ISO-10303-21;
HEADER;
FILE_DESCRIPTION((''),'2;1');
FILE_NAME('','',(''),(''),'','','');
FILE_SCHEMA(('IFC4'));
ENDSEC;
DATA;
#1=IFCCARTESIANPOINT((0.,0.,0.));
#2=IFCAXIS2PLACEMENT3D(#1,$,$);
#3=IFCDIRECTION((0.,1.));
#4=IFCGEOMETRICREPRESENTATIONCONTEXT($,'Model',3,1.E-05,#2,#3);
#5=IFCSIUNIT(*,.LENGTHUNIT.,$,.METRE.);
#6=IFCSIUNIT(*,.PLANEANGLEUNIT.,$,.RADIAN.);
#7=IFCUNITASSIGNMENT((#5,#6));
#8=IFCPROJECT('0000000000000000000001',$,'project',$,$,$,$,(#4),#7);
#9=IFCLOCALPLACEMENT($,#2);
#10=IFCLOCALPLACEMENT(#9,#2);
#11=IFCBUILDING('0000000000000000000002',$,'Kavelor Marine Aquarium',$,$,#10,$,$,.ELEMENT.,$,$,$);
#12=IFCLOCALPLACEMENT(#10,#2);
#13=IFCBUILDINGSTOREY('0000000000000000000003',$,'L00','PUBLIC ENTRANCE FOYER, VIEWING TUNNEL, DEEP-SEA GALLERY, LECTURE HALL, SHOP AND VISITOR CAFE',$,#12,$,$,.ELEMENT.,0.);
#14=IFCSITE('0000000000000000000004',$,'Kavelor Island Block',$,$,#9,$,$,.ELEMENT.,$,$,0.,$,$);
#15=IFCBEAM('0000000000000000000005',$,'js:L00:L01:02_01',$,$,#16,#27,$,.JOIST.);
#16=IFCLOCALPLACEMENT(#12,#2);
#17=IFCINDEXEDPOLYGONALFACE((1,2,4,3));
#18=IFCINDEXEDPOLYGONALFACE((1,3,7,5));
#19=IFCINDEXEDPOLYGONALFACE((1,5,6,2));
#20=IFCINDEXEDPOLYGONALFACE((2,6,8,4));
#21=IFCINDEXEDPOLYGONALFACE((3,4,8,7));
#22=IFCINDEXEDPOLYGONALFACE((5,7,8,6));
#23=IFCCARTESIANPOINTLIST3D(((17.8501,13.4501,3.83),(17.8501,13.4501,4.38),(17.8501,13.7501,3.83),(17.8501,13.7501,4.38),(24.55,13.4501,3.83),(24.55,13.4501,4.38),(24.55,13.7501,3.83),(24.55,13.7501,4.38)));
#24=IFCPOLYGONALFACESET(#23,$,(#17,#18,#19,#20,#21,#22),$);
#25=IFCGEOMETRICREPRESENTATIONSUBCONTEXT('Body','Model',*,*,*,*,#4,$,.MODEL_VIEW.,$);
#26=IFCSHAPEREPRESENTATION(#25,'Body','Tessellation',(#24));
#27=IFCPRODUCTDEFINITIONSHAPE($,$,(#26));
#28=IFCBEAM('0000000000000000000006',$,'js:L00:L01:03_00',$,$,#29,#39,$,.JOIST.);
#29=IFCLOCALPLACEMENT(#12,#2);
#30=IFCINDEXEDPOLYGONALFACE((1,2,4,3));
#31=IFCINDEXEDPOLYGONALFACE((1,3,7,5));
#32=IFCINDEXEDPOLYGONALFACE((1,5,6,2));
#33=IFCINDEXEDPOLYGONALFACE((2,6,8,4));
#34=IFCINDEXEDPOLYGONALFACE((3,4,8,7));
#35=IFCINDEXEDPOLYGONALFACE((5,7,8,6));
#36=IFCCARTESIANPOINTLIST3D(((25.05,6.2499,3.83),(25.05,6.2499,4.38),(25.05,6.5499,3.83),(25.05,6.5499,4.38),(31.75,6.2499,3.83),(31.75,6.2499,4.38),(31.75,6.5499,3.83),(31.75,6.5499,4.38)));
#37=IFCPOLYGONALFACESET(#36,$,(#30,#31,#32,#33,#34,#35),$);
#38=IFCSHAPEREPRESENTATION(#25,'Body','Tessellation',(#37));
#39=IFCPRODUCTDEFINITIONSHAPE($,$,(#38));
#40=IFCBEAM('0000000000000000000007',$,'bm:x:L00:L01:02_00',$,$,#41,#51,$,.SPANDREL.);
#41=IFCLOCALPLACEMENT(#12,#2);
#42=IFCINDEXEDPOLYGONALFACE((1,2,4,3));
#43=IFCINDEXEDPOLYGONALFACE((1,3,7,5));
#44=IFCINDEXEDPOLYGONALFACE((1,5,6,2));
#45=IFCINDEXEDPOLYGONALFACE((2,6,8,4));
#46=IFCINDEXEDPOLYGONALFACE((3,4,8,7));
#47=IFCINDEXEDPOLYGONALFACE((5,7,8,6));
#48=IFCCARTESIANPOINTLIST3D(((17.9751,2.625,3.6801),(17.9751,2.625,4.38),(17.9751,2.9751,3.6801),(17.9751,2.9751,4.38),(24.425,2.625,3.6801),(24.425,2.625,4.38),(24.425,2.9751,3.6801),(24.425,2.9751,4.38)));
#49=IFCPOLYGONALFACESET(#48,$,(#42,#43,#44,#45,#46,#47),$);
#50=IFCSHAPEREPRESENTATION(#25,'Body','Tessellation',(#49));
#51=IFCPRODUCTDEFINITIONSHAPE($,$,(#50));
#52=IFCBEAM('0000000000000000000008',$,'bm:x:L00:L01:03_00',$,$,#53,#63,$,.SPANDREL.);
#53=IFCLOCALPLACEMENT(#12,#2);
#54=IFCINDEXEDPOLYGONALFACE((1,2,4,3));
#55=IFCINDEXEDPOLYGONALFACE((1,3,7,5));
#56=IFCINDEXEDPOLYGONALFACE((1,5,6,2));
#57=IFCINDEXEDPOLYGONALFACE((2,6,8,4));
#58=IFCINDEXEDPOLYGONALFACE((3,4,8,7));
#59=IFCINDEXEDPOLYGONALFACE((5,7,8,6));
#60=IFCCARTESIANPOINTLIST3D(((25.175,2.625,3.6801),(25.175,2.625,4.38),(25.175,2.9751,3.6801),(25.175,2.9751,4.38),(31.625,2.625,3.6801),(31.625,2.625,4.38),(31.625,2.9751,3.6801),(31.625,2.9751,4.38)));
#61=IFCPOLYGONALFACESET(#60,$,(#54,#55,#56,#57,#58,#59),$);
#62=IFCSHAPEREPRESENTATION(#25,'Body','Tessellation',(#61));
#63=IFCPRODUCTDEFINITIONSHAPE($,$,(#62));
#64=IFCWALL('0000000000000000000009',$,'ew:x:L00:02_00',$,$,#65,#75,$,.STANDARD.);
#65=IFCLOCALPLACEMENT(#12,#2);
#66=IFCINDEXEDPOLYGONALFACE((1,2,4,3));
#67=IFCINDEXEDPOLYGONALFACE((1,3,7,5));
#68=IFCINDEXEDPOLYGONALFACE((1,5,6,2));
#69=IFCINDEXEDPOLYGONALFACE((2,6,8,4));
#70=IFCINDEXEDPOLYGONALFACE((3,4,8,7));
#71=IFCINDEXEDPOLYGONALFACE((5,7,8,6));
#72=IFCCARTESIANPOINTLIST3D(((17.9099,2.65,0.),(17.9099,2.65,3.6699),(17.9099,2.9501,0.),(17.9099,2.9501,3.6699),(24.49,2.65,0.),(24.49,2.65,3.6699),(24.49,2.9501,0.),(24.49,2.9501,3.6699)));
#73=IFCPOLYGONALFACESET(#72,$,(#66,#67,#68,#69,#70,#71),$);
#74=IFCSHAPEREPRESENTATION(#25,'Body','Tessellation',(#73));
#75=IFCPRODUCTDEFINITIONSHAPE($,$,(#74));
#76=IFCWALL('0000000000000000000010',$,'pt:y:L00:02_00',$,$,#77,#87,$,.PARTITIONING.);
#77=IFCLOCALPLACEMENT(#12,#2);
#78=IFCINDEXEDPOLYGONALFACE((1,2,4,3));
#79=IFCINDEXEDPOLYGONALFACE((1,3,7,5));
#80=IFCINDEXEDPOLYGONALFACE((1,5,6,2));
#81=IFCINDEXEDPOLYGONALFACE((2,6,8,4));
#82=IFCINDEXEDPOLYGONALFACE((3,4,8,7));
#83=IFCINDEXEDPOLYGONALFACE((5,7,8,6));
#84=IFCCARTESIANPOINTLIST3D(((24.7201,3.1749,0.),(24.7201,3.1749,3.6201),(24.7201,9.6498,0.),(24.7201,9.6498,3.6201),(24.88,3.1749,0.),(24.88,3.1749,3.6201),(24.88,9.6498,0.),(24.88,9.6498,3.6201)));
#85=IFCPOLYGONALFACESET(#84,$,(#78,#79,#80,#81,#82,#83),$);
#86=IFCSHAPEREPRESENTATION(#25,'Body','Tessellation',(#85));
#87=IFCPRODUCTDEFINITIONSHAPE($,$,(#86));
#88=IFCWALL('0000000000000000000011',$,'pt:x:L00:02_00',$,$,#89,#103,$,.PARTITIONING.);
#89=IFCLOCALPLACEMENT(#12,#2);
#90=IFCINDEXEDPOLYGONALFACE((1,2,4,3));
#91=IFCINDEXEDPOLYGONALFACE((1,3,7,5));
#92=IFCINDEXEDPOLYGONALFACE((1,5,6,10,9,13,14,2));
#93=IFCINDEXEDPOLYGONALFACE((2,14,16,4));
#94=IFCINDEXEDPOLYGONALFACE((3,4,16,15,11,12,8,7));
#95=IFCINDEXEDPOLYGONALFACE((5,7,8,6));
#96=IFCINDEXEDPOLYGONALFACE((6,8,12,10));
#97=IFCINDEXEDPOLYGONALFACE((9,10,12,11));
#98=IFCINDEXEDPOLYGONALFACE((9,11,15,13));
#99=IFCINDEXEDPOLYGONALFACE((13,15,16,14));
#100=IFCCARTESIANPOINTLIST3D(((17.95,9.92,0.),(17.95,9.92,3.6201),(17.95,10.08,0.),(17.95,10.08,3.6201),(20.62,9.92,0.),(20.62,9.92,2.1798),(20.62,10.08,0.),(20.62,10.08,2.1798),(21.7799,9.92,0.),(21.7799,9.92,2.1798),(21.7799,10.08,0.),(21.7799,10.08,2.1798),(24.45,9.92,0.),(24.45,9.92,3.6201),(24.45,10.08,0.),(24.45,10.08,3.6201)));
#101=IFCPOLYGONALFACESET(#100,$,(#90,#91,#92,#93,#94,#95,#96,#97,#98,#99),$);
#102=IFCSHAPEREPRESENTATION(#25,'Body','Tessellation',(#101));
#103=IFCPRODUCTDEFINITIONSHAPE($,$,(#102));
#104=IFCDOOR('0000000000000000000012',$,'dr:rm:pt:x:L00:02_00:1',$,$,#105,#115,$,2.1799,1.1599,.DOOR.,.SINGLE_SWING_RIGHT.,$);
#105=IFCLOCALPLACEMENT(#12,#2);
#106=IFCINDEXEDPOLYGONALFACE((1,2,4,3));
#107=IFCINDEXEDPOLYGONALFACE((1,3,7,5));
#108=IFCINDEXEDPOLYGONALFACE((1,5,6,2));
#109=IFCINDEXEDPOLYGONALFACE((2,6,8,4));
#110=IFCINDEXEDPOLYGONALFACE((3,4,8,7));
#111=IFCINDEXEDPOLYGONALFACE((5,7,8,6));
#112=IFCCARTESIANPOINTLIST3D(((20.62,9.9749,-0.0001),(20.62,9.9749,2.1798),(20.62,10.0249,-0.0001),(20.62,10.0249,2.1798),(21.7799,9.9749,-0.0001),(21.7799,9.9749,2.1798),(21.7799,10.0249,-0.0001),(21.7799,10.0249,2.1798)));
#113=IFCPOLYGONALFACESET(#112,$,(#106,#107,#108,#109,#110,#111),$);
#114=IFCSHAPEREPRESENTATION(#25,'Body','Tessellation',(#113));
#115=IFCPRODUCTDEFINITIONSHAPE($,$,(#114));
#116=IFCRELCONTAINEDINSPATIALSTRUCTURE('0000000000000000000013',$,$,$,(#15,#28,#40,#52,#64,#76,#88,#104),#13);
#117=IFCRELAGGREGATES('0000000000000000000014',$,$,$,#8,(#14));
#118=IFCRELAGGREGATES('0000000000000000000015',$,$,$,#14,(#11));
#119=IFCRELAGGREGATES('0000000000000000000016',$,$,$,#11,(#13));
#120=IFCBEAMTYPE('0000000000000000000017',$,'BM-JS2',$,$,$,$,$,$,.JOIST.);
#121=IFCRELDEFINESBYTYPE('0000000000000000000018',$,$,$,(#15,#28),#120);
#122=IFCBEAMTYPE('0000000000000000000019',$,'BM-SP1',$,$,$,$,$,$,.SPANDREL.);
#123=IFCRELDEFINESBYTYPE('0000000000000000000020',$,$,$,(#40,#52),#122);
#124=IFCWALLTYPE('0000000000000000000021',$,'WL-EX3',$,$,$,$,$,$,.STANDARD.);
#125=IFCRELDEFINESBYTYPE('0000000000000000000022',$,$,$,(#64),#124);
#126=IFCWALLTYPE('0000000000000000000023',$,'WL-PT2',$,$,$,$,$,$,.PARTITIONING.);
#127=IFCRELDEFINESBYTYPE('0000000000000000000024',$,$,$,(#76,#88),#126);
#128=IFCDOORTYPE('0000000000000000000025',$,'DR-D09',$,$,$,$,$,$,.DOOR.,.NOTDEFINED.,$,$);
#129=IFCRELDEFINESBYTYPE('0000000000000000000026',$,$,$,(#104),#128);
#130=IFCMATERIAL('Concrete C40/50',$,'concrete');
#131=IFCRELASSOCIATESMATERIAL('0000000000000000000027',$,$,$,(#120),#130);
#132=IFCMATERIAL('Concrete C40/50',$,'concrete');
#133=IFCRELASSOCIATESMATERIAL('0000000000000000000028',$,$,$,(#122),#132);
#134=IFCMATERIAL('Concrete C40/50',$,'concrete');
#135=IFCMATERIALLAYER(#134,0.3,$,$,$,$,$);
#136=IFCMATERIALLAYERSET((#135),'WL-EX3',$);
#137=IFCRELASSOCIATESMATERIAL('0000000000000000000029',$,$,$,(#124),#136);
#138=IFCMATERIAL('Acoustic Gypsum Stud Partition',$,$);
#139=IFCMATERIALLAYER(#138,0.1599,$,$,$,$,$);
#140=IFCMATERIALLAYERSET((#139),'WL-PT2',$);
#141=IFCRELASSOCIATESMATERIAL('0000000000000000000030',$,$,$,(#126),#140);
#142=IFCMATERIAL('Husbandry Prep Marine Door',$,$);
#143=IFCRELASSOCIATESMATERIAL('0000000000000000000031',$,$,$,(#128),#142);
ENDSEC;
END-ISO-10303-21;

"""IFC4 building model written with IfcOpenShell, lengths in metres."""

from ifc_helpers import new_model, si_unit, direction, frame, frame_2d, origin, origin_2d, place, context, subcontext, project, spatial, rectangle, extrude, material, layer, layer_set, material_profile, profile_set, type_object, element, fill, save


model = new_model("IFC4")

# Units and contexts
model_context = context("Model", 3, precision=1e-05, world=origin(), true_north=direction((0.0, 1.0)))
body_context = subcontext(model_context, "Body", "Model", "MODEL_VIEW")
ifc_project = project(units=[si_unit("LENGTHUNIT", "METRE"), si_unit("PLANEANGLEUNIT", "RADIAN")], contexts=[model_context])

# Site, building, storey
site_placement = place(None, origin())
site = spatial("IfcSite", under=ifc_project, at=site_placement, Name="Kavelor Island Block", CompositionType="ELEMENT", RefElevation=0.0)
building_placement = place(site_placement, origin())
building = spatial("IfcBuilding", under=site, at=building_placement, Name="Kavelor Marine Aquarium", CompositionType="ELEMENT")
storey_placement = place(building_placement, origin())
storey = spatial("IfcBuildingStorey", under=building, at=storey_placement, Name="L00", Description="PUBLIC ENTRANCE FOYER, VIEWING TUNNEL, DEEP-SEA GALLERY, LECTURE HALL, SHOP AND VISITOR CAFE", CompositionType="ELEMENT", Elevation=0.0)

# Beams
ifc_material_1 = material(Name="Concrete C40/50", Category="concrete")
ifc_material_profile_1 = material_profile(ifc_material_1, rectangle(XDim=0.3, YDim=0.55, at=origin_2d()), Name="RC-JS 300x550")
ifc_profile_set_1 = profile_set([ifc_material_profile_1], Name="Concrete C40/50")
beam_type_1 = type_object("IfcBeamType", Name="BM-JS2", PredefinedType="JOIST", material=ifc_profile_set_1)
for number, where, z_axis, x_axis, name in (
    (1, (17.8501, 13.6001, 4.105), (1.0, 0.0, 0.0), (0.0, 1.0, 0.0), "js:L00:L01:02_01"),
    (2, (25.05, 6.3999, 4.105), (1.0, 0.0, 0.0), (0.0, 1.0, 0.0), "js:L00:L01:03_00"),
):
    element("IfcBeam", number, at=place(storey_placement, frame(where, z_axis=z_axis, x_axis=x_axis)), inside=storey, type_object=beam_type_1, Name=name, PredefinedType="JOIST", context=body_context, shape_type="SweptSolid", body=[
        extrude(rectangle(XDim=0.3, YDim=0.55, at=origin_2d()), origin(), (0.0, 0.0, 1.0), 6.7),
    ])
ifc_material_2 = material(Name="Concrete C40/50", Category="concrete")
ifc_material_profile_2 = material_profile(ifc_material_2, rectangle(XDim=0.3501, YDim=0.7, at=origin_2d()), Name="RC-SP 350x700")
ifc_profile_set_2 = profile_set([ifc_material_profile_2], Name="Concrete C40/50")
beam_type_2 = type_object("IfcBeamType", Name="BM-SP1", PredefinedType="SPANDREL", material=ifc_profile_set_2)
for number, where, z_axis, x_axis, name in (
    (3, (17.9751, 2.8, 4.03), (1.0, 0.0, 0.0), (0.0, 1.0, 0.0), "bm:x:L00:L01:02_00"),
    (4, (25.175, 2.8, 4.03), (1.0, 0.0, 0.0), (0.0, 1.0, 0.0), "bm:x:L00:L01:03_00"),
):
    element("IfcBeam", number, at=place(storey_placement, frame(where, z_axis=z_axis, x_axis=x_axis)), inside=storey, type_object=beam_type_2, Name=name, PredefinedType="SPANDREL", context=body_context, shape_type="SweptSolid", body=[
        extrude(rectangle(XDim=0.3501, YDim=0.7, at=origin_2d()), origin(), (0.0, 0.0, 1.0), 6.45),
    ])

# Walls
ifc_material_3 = material(Name="Concrete C40/50", Category="concrete")
ifc_layer_1 = layer(ifc_material_3, 0.3)
ifc_layer_set_1 = layer_set([ifc_layer_1], Name="WL-EX3")
wall_type_1 = type_object("IfcWallType", Name="WL-EX3", PredefinedType="STANDARD", material=ifc_layer_set_1)
wall_1_placement = place(storey_placement, frame((24.49, 2.8, 0.0), z_axis=(0.0, 0.0, 1.0), x_axis=(-1.0, 0.0, 0.0)))
element("IfcWall", 5, at=wall_1_placement, inside=storey, type_object=wall_type_1, Name="ew:x:L00:02_00", PredefinedType="STANDARD", context=body_context, shape_type="SweptSolid", body=[
    extrude(rectangle(XDim=6.5801, YDim=0.3, at=frame_2d((3.29, 0.0))), origin(), (0.0, 0.0, 1.0), 3.6699),
])
ifc_material_4 = material(Name="Acoustic Gypsum Stud Partition")
ifc_layer_2 = layer(ifc_material_4, 0.1599)
ifc_layer_set_2 = layer_set([ifc_layer_2], Name="WL-PT2")
wall_type_2 = type_object("IfcWallType", Name="WL-PT2", PredefinedType="PARTITIONING", material=ifc_layer_set_2)
wall_2_placement = place(storey_placement, frame((24.8, 3.175, 0.0), z_axis=(0.0, 0.0, 1.0), x_axis=(0.0, 1.0, 0.0)))
element("IfcWall", 6, at=wall_2_placement, inside=storey, type_object=wall_type_2, Name="pt:y:L00:02_00", PredefinedType="PARTITIONING", context=body_context, shape_type="SweptSolid", body=[
    extrude(rectangle(XDim=6.4749, YDim=0.1599, at=frame_2d((3.2373, 0.0))), origin(), (0.0, 0.0, 1.0), 3.6201),
])

# Wall, opening, door
wall_3_placement = place(storey_placement, frame((17.95, 10.0, 0.0), z_axis=(0.0, 0.0, 1.0), x_axis=(1.0, 0.0, 0.0)))
wall_3 = element("IfcWall", 7, at=wall_3_placement, inside=storey, type_object=wall_type_2, Name="pt:x:L00:02_00", PredefinedType="PARTITIONING", context=body_context, shape_type="SweptSolid", body=[
    extrude(rectangle(XDim=6.5, YDim=0.1599, at=frame_2d((3.25, 0.0))), origin(), (0.0, 0.0, 1.0), 3.6201),
])
opening_placement = place(wall_3_placement, frame((2.6699, 0.0, 0.0)))
opening = element("IfcOpeningElement", 8, at=opening_placement, cuts=wall_3, PredefinedType="OPENING", context=body_context, shape_type="SweptSolid", body=[
    extrude(rectangle(XDim=1.1599, YDim=2.1799, at=frame_2d((0.5801, 1.0898))), frame((0.0, 0.0898, 0.0), z_axis=(0.0, -1.0, 0.0), x_axis=(1.0, 0.0, 0.0)), (0.0, 0.0, 1.0), 0.1799),
])
ifc_material_5 = material(Name="Husbandry Prep Marine Door")
door_type = type_object("IfcDoorType", Name="DR-D09", OperationType="NOTDEFINED", PredefinedType="DOOR", material=ifc_material_5)
door_placement = place(opening_placement, origin())
door = element("IfcDoor", 9, at=door_placement, inside=storey, type_object=door_type, Name="dr:rm:pt:x:L00:02_00:1", OperationType="SINGLE_SWING_RIGHT", OverallHeight=2.1799, OverallWidth=1.1599, PredefinedType="DOOR", context=body_context, shape_type="SweptSolid", body=[
    extrude(rectangle(XDim=1.1599, YDim=2.1799, at=frame_2d((0.5801, 1.0898))), frame((0.0, 0.0249, 0.0), z_axis=(0.0, -1.0, 0.0), x_axis=(1.0, 0.0, 0.0)), (0.0, 0.0, 1.0), 0.05),
])
fill(opening, door)

save(model, "model.ifc")
